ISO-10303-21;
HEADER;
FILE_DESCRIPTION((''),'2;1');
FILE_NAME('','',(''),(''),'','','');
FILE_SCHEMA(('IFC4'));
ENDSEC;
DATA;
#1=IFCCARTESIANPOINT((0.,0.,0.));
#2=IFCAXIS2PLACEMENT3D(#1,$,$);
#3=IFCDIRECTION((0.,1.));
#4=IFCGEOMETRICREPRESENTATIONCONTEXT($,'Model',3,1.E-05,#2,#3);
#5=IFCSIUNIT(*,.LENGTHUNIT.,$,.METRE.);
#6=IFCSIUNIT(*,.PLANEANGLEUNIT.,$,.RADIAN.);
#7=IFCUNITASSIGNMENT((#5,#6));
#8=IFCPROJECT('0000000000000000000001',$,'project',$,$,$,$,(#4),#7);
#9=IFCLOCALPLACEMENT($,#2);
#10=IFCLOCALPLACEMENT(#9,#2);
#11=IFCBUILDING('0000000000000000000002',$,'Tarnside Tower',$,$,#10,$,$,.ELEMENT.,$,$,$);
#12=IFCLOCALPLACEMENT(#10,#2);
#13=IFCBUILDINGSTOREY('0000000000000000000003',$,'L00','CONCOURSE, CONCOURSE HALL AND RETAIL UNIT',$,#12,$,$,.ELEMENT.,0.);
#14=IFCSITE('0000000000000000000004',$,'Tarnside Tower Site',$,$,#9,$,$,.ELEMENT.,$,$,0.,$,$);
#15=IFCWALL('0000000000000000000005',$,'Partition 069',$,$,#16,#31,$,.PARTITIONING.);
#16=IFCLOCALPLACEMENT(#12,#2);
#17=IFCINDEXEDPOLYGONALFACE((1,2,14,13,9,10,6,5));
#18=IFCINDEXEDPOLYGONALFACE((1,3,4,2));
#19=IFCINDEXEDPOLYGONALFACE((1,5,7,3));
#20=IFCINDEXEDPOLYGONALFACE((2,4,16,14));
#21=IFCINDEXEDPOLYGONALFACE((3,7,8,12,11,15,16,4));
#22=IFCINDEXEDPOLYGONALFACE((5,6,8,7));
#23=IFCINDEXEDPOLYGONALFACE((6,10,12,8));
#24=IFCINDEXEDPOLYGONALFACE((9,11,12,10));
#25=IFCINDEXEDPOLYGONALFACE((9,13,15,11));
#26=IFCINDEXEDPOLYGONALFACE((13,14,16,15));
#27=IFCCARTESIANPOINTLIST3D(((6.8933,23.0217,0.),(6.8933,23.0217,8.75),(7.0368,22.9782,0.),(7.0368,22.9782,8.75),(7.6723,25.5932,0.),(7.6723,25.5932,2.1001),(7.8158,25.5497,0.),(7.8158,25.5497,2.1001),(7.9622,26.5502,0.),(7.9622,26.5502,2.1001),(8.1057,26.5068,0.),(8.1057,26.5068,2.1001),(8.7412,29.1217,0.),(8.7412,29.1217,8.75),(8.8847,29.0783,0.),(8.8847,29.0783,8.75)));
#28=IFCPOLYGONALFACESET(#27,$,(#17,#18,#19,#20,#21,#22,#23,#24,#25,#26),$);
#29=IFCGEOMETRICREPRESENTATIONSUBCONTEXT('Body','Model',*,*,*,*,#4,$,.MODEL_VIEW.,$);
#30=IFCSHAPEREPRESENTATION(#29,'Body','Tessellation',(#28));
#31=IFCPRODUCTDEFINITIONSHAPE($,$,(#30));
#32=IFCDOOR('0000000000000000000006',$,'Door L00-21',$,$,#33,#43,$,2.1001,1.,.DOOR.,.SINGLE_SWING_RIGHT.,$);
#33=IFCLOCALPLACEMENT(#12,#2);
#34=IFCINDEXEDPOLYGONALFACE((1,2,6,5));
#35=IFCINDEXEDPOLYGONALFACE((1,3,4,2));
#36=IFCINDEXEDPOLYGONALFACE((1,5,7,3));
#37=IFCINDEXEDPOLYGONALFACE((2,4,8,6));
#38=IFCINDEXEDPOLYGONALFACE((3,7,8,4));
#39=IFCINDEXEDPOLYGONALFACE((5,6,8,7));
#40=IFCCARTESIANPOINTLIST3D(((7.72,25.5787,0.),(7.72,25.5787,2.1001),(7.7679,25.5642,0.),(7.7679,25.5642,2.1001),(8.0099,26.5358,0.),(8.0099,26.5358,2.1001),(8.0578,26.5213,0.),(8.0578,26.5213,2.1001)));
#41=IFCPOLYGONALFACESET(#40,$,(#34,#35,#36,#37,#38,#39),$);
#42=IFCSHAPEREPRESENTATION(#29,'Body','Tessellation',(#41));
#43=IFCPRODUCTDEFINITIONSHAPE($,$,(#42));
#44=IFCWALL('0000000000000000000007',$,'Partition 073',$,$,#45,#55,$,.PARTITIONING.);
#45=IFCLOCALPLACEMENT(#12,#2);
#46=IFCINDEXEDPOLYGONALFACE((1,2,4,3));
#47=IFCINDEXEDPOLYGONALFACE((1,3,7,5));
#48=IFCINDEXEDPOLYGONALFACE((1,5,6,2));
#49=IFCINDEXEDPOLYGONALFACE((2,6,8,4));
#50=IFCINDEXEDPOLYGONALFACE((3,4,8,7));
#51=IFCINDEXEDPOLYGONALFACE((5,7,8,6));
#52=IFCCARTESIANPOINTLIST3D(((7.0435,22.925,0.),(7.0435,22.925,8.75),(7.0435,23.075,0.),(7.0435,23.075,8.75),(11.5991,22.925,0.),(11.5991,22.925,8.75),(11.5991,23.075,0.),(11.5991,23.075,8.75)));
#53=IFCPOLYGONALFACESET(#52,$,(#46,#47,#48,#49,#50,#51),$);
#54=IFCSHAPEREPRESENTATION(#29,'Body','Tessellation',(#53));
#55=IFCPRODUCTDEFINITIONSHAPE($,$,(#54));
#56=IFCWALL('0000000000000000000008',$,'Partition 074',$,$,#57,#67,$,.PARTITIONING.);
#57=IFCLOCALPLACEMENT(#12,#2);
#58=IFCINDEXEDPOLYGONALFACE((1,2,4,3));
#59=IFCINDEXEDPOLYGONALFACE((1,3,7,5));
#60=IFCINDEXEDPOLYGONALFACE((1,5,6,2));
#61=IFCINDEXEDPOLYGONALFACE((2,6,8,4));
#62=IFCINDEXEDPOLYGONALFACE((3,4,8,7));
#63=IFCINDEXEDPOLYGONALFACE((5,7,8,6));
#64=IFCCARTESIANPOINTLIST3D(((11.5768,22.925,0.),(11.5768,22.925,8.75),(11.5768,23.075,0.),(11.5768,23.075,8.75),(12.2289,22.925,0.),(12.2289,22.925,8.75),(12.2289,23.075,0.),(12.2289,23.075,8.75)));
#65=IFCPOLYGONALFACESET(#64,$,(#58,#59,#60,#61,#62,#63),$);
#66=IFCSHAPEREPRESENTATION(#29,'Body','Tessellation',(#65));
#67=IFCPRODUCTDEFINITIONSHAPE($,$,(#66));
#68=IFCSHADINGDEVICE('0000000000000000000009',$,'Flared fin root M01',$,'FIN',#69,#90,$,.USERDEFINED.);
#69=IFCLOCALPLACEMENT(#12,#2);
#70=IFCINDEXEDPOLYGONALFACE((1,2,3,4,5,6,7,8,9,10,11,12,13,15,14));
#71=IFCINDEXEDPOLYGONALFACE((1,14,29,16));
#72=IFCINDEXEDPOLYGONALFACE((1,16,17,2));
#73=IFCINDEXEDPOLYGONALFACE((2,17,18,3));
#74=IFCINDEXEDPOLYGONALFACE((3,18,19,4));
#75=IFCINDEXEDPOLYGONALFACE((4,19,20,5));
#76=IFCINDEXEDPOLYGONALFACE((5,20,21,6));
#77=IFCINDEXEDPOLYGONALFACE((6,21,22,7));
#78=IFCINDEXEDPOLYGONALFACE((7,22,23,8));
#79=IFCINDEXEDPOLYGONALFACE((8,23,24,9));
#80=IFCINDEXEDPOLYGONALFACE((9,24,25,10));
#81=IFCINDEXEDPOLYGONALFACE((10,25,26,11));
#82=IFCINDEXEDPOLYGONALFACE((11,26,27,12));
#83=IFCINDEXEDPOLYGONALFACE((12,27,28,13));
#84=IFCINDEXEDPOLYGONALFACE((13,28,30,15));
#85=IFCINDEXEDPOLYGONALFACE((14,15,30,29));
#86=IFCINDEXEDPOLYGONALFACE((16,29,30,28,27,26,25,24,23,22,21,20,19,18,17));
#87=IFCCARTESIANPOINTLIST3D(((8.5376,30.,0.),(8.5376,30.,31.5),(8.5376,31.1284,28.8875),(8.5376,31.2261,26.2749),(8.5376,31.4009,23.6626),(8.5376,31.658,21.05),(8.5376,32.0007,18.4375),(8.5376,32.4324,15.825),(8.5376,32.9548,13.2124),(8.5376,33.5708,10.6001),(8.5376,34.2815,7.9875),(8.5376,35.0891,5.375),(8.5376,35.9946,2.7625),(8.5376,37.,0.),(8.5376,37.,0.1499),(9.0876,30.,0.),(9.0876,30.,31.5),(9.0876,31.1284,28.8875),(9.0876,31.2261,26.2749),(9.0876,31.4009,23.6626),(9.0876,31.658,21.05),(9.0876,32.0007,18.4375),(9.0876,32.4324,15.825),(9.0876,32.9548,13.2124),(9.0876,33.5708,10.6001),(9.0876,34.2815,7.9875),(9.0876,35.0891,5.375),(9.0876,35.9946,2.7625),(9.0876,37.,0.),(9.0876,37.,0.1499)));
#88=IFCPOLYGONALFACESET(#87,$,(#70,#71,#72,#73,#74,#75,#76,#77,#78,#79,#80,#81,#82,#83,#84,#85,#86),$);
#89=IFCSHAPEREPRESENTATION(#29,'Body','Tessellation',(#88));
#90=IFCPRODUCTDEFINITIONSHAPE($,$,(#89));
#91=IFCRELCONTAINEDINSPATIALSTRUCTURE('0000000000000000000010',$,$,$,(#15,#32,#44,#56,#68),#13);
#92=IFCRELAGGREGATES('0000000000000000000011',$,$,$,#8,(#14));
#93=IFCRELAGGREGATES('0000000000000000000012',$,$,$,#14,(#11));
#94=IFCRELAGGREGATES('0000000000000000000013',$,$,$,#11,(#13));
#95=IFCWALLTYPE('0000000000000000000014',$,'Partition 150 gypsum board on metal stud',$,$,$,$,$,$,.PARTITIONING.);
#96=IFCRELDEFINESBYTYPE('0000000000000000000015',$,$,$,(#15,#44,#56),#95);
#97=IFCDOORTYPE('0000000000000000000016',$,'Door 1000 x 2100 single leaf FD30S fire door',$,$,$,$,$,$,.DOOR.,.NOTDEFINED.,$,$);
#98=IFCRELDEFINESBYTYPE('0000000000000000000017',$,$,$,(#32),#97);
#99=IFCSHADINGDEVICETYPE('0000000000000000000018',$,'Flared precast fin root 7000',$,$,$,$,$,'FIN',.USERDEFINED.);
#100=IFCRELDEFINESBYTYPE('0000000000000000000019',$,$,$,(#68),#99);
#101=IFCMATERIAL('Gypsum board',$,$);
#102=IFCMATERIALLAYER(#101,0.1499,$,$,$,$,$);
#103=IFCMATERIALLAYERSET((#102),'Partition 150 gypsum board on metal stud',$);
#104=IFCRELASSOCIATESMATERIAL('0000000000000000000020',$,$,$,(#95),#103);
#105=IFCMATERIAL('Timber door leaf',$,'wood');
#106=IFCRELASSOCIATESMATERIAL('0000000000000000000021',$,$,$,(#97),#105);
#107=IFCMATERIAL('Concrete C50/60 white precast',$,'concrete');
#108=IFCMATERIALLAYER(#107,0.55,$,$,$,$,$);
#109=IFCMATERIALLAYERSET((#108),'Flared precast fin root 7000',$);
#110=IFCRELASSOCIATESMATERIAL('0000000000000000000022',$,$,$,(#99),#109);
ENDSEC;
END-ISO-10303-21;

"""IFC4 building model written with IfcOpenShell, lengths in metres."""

from ifc_helpers import new_model, si_unit, direction, frame, frame_2d, origin, place, context, subcontext, project, spatial, polyline, rectangle, outline, extrude, material, layer, layer_set, type_object, element, fill, save


model = new_model("IFC4")

# Units and contexts
model_context = context("Model", 3, precision=1e-05, world=origin(), true_north=direction((0.0, 1.0)))
body_context = subcontext(model_context, "Body", "Model", "MODEL_VIEW")
ifc_project = project(units=[si_unit("LENGTHUNIT", "METRE"), si_unit("PLANEANGLEUNIT", "RADIAN")], contexts=[model_context])

# Site, building, storey
site_placement = place(None, origin())
site = spatial("IfcSite", under=ifc_project, at=site_placement, Name="Tarnside Tower Site", CompositionType="ELEMENT", RefElevation=0.0)
building_placement = place(site_placement, origin())
building = spatial("IfcBuilding", under=site, at=building_placement, Name="Tarnside Tower", CompositionType="ELEMENT")
storey_placement = place(building_placement, origin())
storey = spatial("IfcBuildingStorey", under=building, at=storey_placement, Name="L00", Description="CONCOURSE, CONCOURSE HALL AND RETAIL UNIT", CompositionType="ELEMENT", Elevation=0.0)

# Wall, opening, door
ifc_material_1 = material(Name="Concrete C50/60 white precast", Category="concrete")
ifc_material_2 = material(Name="Gypsum board")
ifc_layer_1 = layer(ifc_material_2, 0.1499)
ifc_layer_set_1 = layer_set([ifc_layer_1], Name="Partition 150 gypsum board on metal stud")
wall_type_1 = type_object("IfcWallType", Name="Partition 150 gypsum board on metal stud", PredefinedType="PARTITIONING", material=ifc_layer_set_1)
wall_1_placement = place(storey_placement, frame((8.813, 29.1001, 0.0), z_axis=(0.0, 0.0, 1.0), x_axis=(-0.289919, -0.957051, 0.0)))
wall_1 = element("IfcWall", 1, at=wall_1_placement, inside=storey, type_object=wall_type_1, Name="Partition 069", PredefinedType="PARTITIONING", context=body_context, shape_type="SweptSolid", body=[
    extrude(rectangle(XDim=6.3738, YDim=0.1499, at=frame_2d((3.187, 0.0))), origin(), (0.0, 0.0, 1.0), 8.75),
])
opening_1_placement = place(wall_1_placement, frame((2.687, 0.0, 0.0)))
opening_1 = element("IfcOpeningElement", 2, at=opening_1_placement, cuts=wall_1, PredefinedType="OPENING", context=body_context, shape_type="SweptSolid", body=[
    extrude(rectangle(XDim=1.0, YDim=2.1001, at=frame_2d((0.5, 1.05))), frame((0.0, 0.085, 0.0), z_axis=(0.0, -1.0, 0.0), x_axis=(1.0, 0.0, 0.0)), (0.0, 0.0, 1.0), 0.1699),
])
ifc_material_3 = material(Name="Timber door leaf", Category="wood")
door_type_1 = type_object("IfcDoorType", Name="Door 1000 x 2100 single leaf FD30S fire door", OperationType="NOTDEFINED", PredefinedType="DOOR", material=ifc_material_3)
door_1_placement = place(opening_1_placement, origin())
door_1 = element("IfcDoor", 3, at=door_1_placement, inside=storey, type_object=door_type_1, Name="Door L00-21", OperationType="SINGLE_SWING_RIGHT", OverallHeight=2.1001, OverallWidth=1.0, PredefinedType="DOOR", context=body_context, shape_type="SweptSolid", body=[
    extrude(rectangle(XDim=1.0, YDim=2.1001, at=frame_2d((0.5, 1.05))), frame((0.0, 0.0249, 0.0), z_axis=(0.0, -1.0, 0.0), x_axis=(1.0, 0.0, 0.0)), (0.0, 0.0, 1.0), 0.05),
])
fill(opening_1, door_1)

# Walls
wall_2_placement = place(storey_placement, frame((11.5991, 23.0, 0.0), z_axis=(0.0, 0.0, 1.0), x_axis=(-1.0, 0.0, 0.0)))
element("IfcWall", 4, at=wall_2_placement, inside=storey, type_object=wall_type_1, Name="Partition 073", PredefinedType="PARTITIONING", context=body_context, shape_type="SweptSolid", body=[
    extrude(rectangle(XDim=4.5557, YDim=0.1499, at=frame_2d((2.2778, 0.0))), origin(), (0.0, 0.0, 1.0), 8.75),
])
wall_3_placement = place(storey_placement, frame((12.229, 23.0, 0.0), z_axis=(0.0, 0.0, 1.0), x_axis=(-1.0, 0.0, 0.0)))
element("IfcWall", 5, at=wall_3_placement, inside=storey, type_object=wall_type_1, Name="Partition 074", PredefinedType="PARTITIONING", context=body_context, shape_type="SweptSolid", body=[
    extrude(rectangle(XDim=0.6521, YDim=0.1499, at=frame_2d((0.3262, 0.0))), origin(), (0.0, 0.0, 1.0), 8.75),
])

# Shading device
ifc_layer_2 = layer(ifc_material_1, 0.55)
ifc_layer_set_2 = layer_set([ifc_layer_2], Name="Flared precast fin root 7000")
shading_device_type = type_object("IfcShadingDeviceType", Name="Flared precast fin root 7000", ElementType="FIN", PredefinedType="USERDEFINED", material=ifc_layer_set_2)
shading_device_placement = place(storey_placement, frame((8.8125, 30.0, 0.0), z_axis=(1.0, 0.0, 0.0), x_axis=(0.0, 1.0, 0.0)))
element("IfcShadingDevice", 6, at=shading_device_placement, inside=storey, type_object=shading_device_type, Name="Flared fin root M01", ObjectType="FIN", PredefinedType="USERDEFINED", context=body_context, shape_type="SweptSolid", body=[
    extrude(outline(polyline([(0.0, 0.0), (7.0, 0.0), (7.0, 0.1499), (5.9946, 2.7625), (5.0891, 5.375), (4.2815, 7.9875), (3.5708, 10.6001), (2.9548, 13.2124), (2.4324, 15.825), (2.0007, 18.4375), (1.658, 21.05), (1.4009, 23.6626), (1.2261, 26.2749), (1.1284, 28.8875), (0.0, 31.5), (0.0, 0.0)])), frame((0.0, 0.0, -0.2749)), (0.0, 0.0, 1.0), 0.55),
])

save(model, "model.ifc")
